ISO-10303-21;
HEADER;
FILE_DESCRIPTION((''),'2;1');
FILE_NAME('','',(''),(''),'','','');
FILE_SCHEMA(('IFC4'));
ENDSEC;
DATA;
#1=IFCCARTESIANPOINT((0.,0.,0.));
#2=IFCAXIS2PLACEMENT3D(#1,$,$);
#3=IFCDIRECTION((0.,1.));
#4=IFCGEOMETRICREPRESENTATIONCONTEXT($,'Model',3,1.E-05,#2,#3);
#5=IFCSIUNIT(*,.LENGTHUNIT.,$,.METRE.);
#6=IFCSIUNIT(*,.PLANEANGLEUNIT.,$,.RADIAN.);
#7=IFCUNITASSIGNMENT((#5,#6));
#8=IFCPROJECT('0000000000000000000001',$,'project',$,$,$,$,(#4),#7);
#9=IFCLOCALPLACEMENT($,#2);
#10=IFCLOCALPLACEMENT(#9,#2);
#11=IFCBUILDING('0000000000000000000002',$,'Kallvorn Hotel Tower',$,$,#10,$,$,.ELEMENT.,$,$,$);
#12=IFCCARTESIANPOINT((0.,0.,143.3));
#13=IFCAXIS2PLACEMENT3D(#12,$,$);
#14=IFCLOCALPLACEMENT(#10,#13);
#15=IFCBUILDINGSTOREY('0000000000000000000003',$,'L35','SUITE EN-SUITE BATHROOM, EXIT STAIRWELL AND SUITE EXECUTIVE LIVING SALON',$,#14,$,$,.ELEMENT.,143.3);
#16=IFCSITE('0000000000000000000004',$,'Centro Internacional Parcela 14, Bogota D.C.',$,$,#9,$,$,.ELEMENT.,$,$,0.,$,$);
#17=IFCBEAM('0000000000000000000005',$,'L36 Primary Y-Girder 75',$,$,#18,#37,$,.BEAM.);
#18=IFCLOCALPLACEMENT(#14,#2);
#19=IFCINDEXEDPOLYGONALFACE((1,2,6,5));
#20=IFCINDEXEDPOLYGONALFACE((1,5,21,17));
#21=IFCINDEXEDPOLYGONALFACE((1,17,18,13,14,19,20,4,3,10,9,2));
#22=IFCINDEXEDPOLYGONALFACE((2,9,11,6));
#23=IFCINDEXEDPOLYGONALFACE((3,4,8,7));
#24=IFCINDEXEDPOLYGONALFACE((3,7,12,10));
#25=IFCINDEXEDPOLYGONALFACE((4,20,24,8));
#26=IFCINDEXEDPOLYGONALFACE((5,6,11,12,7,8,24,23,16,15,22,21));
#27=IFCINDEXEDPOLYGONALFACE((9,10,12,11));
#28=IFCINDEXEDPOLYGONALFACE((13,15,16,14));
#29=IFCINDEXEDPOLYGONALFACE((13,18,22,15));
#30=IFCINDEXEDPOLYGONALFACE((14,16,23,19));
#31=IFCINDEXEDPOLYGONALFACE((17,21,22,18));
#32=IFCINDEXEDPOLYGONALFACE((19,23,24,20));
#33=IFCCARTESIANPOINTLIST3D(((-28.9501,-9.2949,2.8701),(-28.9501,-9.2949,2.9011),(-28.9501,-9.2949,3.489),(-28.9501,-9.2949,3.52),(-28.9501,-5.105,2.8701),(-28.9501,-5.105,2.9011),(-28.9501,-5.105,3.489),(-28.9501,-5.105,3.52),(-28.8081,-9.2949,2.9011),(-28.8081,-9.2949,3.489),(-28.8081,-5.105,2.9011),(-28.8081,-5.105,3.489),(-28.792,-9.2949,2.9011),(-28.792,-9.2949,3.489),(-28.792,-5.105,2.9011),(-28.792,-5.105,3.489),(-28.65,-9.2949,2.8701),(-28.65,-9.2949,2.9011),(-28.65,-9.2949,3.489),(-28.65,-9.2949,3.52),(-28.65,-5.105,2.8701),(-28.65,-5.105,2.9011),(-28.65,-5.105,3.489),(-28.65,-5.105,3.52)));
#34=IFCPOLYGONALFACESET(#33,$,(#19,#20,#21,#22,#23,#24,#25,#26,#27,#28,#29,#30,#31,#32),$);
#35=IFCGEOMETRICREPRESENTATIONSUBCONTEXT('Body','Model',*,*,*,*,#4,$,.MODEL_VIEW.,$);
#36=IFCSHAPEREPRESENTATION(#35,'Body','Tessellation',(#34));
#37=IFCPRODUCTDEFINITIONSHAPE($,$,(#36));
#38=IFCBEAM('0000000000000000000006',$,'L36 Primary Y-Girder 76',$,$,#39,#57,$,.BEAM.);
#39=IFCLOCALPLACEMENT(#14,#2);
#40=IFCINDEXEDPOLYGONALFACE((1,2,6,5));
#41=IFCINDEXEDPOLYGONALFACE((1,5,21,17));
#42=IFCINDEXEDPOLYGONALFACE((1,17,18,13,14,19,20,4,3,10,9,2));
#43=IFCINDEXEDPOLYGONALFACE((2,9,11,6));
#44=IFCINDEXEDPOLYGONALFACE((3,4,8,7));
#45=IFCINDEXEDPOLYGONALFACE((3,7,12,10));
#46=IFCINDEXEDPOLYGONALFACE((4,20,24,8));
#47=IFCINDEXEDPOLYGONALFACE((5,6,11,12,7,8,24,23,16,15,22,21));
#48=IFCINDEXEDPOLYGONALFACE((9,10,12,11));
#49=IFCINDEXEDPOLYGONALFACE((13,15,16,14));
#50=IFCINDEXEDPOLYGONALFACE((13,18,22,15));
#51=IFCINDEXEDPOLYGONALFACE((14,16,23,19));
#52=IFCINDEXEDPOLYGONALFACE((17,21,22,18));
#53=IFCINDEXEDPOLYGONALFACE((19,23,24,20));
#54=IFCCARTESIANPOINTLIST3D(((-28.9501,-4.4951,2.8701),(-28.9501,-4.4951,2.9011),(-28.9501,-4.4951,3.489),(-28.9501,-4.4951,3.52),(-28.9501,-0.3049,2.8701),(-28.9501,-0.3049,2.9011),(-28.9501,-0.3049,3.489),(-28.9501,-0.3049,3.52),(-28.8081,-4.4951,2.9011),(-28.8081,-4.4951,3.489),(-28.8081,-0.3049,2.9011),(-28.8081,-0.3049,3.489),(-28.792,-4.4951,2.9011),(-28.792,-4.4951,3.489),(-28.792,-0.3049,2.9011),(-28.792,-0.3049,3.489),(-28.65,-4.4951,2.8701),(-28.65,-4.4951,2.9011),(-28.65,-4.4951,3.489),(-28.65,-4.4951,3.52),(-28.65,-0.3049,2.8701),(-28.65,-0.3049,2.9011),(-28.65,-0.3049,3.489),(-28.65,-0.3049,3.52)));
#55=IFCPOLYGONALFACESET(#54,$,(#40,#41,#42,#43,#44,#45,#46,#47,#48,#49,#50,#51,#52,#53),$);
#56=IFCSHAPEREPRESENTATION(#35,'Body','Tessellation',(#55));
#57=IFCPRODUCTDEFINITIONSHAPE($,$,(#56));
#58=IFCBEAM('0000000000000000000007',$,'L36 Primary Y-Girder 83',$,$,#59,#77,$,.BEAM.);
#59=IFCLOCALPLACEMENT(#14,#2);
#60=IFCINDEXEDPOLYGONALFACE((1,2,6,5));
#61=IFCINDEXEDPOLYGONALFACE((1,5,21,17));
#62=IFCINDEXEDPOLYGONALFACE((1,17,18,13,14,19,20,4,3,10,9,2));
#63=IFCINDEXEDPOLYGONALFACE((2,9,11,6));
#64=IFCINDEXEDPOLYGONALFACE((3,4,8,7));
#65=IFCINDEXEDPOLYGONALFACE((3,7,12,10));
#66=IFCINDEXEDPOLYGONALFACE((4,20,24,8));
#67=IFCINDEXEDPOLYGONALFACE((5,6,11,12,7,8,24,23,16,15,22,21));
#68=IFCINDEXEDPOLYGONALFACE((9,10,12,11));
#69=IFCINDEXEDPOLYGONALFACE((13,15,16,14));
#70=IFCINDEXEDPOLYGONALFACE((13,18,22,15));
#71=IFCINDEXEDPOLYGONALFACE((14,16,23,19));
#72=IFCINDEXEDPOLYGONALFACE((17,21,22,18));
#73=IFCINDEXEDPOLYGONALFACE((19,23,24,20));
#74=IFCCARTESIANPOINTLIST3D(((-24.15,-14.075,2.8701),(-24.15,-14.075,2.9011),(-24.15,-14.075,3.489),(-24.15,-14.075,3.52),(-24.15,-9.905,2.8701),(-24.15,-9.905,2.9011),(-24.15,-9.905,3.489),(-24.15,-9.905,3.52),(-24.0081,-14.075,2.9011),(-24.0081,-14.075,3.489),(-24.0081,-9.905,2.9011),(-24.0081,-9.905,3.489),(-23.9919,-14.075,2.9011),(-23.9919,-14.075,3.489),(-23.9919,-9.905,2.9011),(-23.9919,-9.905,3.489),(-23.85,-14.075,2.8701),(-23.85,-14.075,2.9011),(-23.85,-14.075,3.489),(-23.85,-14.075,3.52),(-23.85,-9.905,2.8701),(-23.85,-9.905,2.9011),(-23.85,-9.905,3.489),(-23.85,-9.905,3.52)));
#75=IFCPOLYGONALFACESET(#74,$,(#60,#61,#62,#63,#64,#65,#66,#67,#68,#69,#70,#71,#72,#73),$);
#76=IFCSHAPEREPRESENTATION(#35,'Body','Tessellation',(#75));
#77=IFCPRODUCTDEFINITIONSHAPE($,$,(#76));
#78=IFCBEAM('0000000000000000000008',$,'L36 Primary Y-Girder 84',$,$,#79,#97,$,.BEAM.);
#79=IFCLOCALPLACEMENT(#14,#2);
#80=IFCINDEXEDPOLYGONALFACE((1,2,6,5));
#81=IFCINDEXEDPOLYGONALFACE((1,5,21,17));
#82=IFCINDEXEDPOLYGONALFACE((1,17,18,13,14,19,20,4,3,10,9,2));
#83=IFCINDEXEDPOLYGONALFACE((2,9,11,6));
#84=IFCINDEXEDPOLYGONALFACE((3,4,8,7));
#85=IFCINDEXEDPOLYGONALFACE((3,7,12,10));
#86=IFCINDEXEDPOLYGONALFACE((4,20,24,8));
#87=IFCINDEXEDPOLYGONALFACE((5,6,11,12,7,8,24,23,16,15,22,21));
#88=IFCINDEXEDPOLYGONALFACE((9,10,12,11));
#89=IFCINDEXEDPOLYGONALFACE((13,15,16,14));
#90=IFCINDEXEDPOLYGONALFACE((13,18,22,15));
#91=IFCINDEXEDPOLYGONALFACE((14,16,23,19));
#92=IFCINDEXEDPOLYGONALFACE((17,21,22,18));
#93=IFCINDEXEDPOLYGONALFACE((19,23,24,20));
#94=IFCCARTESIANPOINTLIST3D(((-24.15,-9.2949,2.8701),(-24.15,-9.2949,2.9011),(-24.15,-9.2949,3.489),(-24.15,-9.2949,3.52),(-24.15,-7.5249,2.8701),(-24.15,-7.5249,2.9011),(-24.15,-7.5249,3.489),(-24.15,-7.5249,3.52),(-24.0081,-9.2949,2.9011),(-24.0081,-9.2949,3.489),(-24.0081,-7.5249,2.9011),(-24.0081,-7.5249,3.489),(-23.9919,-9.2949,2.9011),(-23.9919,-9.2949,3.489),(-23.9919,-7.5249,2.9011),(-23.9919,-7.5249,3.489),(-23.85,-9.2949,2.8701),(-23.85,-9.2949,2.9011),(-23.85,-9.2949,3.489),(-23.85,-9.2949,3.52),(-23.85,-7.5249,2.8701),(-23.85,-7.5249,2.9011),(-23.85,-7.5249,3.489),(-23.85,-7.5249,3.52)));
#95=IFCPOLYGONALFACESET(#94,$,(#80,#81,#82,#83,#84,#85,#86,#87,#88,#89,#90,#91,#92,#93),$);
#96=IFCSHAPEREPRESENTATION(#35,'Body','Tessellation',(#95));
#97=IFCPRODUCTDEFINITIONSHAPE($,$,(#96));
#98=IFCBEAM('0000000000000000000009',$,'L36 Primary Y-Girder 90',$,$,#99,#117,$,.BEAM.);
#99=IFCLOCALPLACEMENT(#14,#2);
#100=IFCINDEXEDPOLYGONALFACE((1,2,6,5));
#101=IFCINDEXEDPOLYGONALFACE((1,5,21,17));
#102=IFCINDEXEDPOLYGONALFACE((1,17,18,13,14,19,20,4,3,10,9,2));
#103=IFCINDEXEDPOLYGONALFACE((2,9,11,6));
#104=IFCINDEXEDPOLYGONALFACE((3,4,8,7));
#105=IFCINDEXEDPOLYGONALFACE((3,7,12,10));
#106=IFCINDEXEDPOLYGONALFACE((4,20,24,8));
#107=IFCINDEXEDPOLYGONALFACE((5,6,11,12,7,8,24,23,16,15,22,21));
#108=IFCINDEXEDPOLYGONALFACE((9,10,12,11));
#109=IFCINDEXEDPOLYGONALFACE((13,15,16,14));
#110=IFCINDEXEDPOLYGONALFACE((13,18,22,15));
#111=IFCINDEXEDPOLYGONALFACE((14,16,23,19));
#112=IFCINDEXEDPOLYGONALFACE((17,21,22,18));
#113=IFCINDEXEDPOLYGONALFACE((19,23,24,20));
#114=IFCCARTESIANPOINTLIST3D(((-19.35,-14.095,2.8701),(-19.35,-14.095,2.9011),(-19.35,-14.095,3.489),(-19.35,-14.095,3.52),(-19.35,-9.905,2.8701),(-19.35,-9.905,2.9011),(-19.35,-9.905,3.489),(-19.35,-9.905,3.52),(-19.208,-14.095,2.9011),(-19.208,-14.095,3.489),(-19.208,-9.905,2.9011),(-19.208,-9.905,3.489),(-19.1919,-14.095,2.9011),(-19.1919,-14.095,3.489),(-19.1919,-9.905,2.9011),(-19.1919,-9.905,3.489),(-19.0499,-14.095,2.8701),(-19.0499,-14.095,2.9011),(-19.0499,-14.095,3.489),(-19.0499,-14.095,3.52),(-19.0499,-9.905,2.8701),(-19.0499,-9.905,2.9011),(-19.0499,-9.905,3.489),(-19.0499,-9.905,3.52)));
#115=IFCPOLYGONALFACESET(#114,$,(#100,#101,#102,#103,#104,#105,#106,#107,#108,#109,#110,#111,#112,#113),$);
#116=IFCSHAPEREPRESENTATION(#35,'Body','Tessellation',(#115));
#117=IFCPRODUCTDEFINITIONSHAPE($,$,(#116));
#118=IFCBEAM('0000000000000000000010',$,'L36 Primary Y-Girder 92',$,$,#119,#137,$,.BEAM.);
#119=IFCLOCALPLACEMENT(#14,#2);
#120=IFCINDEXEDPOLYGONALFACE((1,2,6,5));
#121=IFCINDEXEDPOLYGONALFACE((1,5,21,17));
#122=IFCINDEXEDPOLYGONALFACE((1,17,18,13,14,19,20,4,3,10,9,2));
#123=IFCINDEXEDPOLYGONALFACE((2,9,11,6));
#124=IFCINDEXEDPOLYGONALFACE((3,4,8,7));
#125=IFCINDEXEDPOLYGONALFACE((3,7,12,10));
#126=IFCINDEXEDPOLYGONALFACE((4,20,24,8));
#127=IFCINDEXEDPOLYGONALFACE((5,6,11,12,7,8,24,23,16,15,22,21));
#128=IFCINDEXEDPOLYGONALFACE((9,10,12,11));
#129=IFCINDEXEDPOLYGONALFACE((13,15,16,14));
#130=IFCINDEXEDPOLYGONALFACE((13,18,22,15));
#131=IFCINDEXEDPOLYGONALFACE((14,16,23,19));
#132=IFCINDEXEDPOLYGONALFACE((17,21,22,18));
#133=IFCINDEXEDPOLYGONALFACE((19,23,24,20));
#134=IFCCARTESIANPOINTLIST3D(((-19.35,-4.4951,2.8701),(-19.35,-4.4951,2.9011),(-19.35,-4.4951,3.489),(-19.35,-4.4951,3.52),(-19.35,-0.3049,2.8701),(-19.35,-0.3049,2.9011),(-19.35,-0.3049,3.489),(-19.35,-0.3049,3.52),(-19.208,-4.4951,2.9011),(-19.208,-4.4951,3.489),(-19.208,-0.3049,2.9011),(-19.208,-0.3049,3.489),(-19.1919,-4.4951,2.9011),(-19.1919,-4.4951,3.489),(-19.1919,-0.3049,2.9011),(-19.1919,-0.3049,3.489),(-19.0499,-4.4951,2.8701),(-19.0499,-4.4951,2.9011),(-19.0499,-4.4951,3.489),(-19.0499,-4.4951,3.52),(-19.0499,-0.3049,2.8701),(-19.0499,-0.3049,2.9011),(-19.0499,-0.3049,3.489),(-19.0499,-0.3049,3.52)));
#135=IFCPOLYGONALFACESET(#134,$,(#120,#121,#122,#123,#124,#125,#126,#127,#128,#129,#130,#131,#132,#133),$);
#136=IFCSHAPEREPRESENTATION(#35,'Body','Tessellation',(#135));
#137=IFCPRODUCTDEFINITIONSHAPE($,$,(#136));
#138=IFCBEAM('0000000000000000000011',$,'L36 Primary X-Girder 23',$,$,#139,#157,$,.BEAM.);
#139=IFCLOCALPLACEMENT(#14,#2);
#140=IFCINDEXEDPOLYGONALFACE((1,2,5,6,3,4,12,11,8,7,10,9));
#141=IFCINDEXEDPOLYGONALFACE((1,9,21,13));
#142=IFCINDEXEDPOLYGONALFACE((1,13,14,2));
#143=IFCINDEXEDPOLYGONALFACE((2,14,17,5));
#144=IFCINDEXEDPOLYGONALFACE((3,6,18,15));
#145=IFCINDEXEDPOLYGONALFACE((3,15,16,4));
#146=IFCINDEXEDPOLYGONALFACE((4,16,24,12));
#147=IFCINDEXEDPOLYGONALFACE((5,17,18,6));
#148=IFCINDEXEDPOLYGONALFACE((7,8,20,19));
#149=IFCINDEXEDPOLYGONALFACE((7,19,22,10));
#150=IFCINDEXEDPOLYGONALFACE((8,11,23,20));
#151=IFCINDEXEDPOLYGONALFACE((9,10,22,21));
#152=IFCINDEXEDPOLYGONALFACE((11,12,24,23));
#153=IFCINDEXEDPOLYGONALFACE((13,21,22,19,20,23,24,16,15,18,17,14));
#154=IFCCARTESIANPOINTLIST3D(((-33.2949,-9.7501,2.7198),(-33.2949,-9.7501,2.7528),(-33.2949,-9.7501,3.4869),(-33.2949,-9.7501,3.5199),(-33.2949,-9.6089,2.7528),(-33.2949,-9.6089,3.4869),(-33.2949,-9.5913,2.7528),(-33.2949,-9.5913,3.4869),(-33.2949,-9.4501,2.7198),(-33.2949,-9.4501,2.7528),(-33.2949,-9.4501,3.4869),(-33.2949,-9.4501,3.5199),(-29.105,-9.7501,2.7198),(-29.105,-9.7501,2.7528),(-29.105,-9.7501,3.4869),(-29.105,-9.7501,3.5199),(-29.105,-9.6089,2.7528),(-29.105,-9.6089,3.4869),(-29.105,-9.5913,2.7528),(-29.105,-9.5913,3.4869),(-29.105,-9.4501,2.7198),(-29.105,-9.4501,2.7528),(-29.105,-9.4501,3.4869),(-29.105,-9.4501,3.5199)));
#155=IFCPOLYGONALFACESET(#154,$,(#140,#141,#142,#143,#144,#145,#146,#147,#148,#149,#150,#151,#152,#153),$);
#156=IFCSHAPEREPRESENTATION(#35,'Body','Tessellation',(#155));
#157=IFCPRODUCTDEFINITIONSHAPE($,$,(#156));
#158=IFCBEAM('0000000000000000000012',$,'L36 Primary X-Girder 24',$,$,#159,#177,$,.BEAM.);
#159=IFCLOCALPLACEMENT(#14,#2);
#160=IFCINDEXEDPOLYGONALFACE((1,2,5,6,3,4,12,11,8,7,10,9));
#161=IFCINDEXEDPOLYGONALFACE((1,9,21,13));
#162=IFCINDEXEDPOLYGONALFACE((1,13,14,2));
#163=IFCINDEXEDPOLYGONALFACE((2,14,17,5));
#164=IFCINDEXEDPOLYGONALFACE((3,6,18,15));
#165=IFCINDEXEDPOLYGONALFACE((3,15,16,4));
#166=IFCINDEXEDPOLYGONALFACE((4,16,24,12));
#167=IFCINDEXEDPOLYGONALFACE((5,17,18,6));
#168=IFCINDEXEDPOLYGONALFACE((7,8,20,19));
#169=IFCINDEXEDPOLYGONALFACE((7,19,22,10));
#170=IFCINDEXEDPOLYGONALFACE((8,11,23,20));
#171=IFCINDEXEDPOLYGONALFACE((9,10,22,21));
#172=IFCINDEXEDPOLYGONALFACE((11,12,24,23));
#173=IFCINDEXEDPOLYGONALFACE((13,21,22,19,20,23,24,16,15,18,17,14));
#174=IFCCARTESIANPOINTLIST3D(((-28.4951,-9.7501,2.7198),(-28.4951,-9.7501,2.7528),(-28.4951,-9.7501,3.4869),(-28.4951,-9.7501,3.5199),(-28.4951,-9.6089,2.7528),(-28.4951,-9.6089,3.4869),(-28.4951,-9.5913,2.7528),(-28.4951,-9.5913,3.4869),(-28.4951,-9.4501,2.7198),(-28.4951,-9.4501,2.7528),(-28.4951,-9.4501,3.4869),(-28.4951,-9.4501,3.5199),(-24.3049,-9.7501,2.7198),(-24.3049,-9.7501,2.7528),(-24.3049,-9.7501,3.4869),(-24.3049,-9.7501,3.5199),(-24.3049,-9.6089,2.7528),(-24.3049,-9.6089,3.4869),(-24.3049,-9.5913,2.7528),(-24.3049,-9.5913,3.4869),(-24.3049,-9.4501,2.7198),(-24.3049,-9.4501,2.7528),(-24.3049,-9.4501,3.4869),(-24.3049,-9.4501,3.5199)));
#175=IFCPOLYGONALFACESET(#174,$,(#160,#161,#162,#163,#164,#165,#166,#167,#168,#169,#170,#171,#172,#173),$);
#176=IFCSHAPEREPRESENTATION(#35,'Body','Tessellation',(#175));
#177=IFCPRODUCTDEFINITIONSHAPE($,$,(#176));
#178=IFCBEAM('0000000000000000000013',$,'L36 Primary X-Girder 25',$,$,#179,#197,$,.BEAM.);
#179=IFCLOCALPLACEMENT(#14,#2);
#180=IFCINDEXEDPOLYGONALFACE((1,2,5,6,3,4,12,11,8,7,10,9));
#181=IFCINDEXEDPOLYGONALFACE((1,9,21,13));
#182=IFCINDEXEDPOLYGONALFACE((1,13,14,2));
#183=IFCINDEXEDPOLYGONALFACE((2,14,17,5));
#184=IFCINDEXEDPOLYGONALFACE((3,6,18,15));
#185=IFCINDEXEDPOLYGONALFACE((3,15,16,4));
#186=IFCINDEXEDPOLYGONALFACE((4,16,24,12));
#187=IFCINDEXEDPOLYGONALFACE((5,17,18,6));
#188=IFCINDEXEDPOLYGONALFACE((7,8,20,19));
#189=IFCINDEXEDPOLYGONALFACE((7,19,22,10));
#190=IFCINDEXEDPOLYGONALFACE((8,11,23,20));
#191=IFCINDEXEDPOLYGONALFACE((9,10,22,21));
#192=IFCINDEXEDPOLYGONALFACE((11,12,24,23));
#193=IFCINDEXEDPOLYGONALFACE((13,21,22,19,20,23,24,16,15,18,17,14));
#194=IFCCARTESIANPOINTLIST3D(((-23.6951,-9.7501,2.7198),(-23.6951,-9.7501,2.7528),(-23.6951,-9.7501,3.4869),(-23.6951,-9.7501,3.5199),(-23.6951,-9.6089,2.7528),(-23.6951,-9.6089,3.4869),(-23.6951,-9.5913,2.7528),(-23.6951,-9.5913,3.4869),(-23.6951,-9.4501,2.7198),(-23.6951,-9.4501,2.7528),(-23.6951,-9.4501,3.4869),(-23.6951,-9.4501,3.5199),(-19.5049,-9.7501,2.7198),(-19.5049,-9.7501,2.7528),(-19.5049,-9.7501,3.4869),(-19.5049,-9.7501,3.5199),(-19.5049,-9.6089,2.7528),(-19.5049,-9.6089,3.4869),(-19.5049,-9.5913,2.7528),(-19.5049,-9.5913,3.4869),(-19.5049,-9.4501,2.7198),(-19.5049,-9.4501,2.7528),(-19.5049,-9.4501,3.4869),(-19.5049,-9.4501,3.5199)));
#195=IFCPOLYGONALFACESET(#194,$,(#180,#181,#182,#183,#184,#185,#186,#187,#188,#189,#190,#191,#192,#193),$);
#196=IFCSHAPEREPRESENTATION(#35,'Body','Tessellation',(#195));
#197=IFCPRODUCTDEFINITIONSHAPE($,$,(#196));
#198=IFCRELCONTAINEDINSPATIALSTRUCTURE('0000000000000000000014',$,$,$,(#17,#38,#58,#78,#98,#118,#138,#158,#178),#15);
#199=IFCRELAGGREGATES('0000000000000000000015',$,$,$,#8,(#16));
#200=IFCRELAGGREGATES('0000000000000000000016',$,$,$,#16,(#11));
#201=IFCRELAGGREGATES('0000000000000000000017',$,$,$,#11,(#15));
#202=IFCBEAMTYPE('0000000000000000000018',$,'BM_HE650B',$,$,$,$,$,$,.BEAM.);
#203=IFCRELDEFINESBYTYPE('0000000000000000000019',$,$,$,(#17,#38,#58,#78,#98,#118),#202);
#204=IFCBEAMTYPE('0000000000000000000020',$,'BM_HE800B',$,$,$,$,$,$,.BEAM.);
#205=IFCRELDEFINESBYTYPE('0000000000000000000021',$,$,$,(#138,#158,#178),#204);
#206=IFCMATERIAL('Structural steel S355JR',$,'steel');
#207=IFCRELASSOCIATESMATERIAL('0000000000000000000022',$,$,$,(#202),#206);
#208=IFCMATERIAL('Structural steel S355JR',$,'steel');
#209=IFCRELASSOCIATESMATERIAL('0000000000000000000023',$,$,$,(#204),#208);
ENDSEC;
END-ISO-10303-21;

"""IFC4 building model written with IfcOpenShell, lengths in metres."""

from ifc_helpers import new_model, si_unit, direction, frame, origin, origin_2d, place, context, subcontext, project, spatial, i_section, extrude, material, material_profile, profile_set, type_object, element, save


model = new_model("IFC4")

# Units and contexts
model_context = context("Model", 3, precision=1e-05, world=origin(), true_north=direction((0.0, 1.0)))
body_context = subcontext(model_context, "Body", "Model", "MODEL_VIEW")
ifc_project = project(units=[si_unit("LENGTHUNIT", "METRE"), si_unit("PLANEANGLEUNIT", "RADIAN")], contexts=[model_context])

# Site, building, storey
site_placement = place(None, origin())
site = spatial("IfcSite", under=ifc_project, at=site_placement, Name="Centro Internacional Parcela 14, Bogota D.C.", CompositionType="ELEMENT", RefElevation=0.0)
building_placement = place(site_placement, origin())
building = spatial("IfcBuilding", under=site, at=building_placement, Name="Kallvorn Hotel Tower", CompositionType="ELEMENT")
storey_placement = place(building_placement, frame((0.0, 0.0, 143.3)))
storey = spatial("IfcBuildingStorey", under=building, at=storey_placement, Name="L35", Description="SUITE EN-SUITE BATHROOM, EXIT STAIRWELL AND SUITE EXECUTIVE LIVING SALON", CompositionType="ELEMENT", Elevation=143.3)

# Beams
ifc_material_1 = material(Name="Structural steel S355JR", Category="steel")
ifc_material_profile_1 = material_profile(ifc_material_1, i_section(OverallWidth=0.3, OverallDepth=0.6499, WebThickness=0.0161, FlangeThickness=0.031, at=origin_2d()), Name="HE 650 B")
ifc_profile_set_1 = profile_set([ifc_material_profile_1], Name="Structural steel S355JR")
beam_type_1 = type_object("IfcBeamType", Name="BM_HE650B", PredefinedType="BEAM", material=ifc_profile_set_1)
for number, where, z_axis, x_axis, name in (
    (1, (-28.8, -9.2949, 3.1951), (0.0, 1.0, 0.0), (-1.0, 0.0, 0.0), "L36 Primary Y-Girder 75"),
):
    element("IfcBeam", number, at=place(storey_placement, frame(where, z_axis=z_axis, x_axis=x_axis)), inside=storey, type_object=beam_type_1, Name=name, PredefinedType="BEAM", context=body_context, shape_type="SweptSolid", body=[
        extrude(i_section(OverallWidth=0.3, OverallDepth=0.6499, WebThickness=0.0161, FlangeThickness=0.031, at=origin_2d()), origin(), (0.0, 0.0, 1.0), 4.1899),
    ])
beam_1_placement = place(storey_placement, frame((-28.8, -4.4951, 3.1951), z_axis=(0.0, 1.0, 0.0), x_axis=(-1.0, 0.0, 0.0)))
element("IfcBeam", 2, at=beam_1_placement, inside=storey, type_object=beam_type_1, Name="L36 Primary Y-Girder 76", PredefinedType="BEAM", context=body_context, shape_type="SweptSolid", body=[
    extrude(i_section(OverallWidth=0.3, OverallDepth=0.6499, WebThickness=0.0161, FlangeThickness=0.031, at=origin_2d()), origin(), (0.0, 0.0, 1.0), 4.1902),
])
beam_2_placement = place(storey_placement, frame((-24.0, -14.075, 3.1951), z_axis=(0.0, 1.0, 0.0), x_axis=(-1.0, 0.0, 0.0)))
element("IfcBeam", 3, at=beam_2_placement, inside=storey, type_object=beam_type_1, Name="L36 Primary Y-Girder 83", PredefinedType="BEAM", context=body_context, shape_type="SweptSolid", body=[
    extrude(i_section(OverallWidth=0.3, OverallDepth=0.6499, WebThickness=0.0161, FlangeThickness=0.031, at=origin_2d()), origin(), (0.0, 0.0, 1.0), 4.1699),
])
beam_3_placement = place(storey_placement, frame((-24.0, -9.2949, 3.1951), z_axis=(0.0, 1.0, 0.0), x_axis=(-1.0, 0.0, 0.0)))
element("IfcBeam", 4, at=beam_3_placement, inside=storey, type_object=beam_type_1, Name="L36 Primary Y-Girder 84", PredefinedType="BEAM", context=body_context, shape_type="SweptSolid", body=[
    extrude(i_section(OverallWidth=0.3, OverallDepth=0.6499, WebThickness=0.0161, FlangeThickness=0.031, at=origin_2d()), origin(), (0.0, 0.0, 1.0), 1.77),
])
beam_4_placement = place(storey_placement, frame((-19.2, -14.095, 3.1951), z_axis=(0.0, 1.0, 0.0), x_axis=(-1.0, 0.0, 0.0)))
element("IfcBeam", 5, at=beam_4_placement, inside=storey, type_object=beam_type_1, Name="L36 Primary Y-Girder 90", PredefinedType="BEAM", context=body_context, shape_type="SweptSolid", body=[
    extrude(i_section(OverallWidth=0.3, OverallDepth=0.6499, WebThickness=0.0161, FlangeThickness=0.031, at=origin_2d()), origin(), (0.0, 0.0, 1.0), 4.1899),
])
beam_5_placement = place(storey_placement, frame((-19.2, -4.4951, 3.1951), z_axis=(0.0, 1.0, 0.0), x_axis=(-1.0, 0.0, 0.0)))
element("IfcBeam", 6, at=beam_5_placement, inside=storey, type_object=beam_type_1, Name="L36 Primary Y-Girder 92", PredefinedType="BEAM", context=body_context, shape_type="SweptSolid", body=[
    extrude(i_section(OverallWidth=0.3, OverallDepth=0.6499, WebThickness=0.0161, FlangeThickness=0.031, at=origin_2d()), origin(), (0.0, 0.0, 1.0), 4.1902),
])
ifc_material_2 = material(Name="Structural steel S355JR", Category="steel")
ifc_material_profile_2 = material_profile(ifc_material_2, i_section(OverallWidth=0.3, OverallDepth=0.8, WebThickness=0.0176, FlangeThickness=0.033, at=origin_2d()), Name="HE 800 B")
ifc_profile_set_2 = profile_set([ifc_material_profile_2], Name="Structural steel S355JR")
beam_type_2 = type_object("IfcBeamType", Name="BM_HE800B", PredefinedType="BEAM", material=ifc_profile_set_2)
beam_6_placement = place(storey_placement, frame((-33.2949, -9.6001, 3.1199), z_axis=(1.0, 0.0, 0.0), x_axis=(0.0, 1.0, 0.0)))
element("IfcBeam", 7, at=beam_6_placement, inside=storey, type_object=beam_type_2, Name="L36 Primary X-Girder 23", PredefinedType="BEAM", context=body_context, shape_type="SweptSolid", body=[
    extrude(i_section(OverallWidth=0.3, OverallDepth=0.8, WebThickness=0.0176, FlangeThickness=0.033, at=origin_2d()), origin(), (0.0, 0.0, 1.0), 4.1899),
])
for number, where, z_axis, x_axis, name in (
    (8, (-28.4951, -9.6001, 3.1199), (1.0, 0.0, 0.0), (0.0, 1.0, 0.0), "L36 Primary X-Girder 24"),
    (9, (-23.6951, -9.6001, 3.1199), (1.0, 0.0, 0.0), (0.0, 1.0, 0.0), "L36 Primary X-Girder 25"),
):
    element("IfcBeam", number, at=place(storey_placement, frame(where, z_axis=z_axis, x_axis=x_axis)), inside=storey, type_object=beam_type_2, Name=name, PredefinedType="BEAM", context=body_context, shape_type="SweptSolid", body=[
        extrude(i_section(OverallWidth=0.3, OverallDepth=0.8, WebThickness=0.0176, FlangeThickness=0.033, at=origin_2d()), origin(), (0.0, 0.0, 1.0), 4.1902),
    ])

save(model, "model.ifc")
